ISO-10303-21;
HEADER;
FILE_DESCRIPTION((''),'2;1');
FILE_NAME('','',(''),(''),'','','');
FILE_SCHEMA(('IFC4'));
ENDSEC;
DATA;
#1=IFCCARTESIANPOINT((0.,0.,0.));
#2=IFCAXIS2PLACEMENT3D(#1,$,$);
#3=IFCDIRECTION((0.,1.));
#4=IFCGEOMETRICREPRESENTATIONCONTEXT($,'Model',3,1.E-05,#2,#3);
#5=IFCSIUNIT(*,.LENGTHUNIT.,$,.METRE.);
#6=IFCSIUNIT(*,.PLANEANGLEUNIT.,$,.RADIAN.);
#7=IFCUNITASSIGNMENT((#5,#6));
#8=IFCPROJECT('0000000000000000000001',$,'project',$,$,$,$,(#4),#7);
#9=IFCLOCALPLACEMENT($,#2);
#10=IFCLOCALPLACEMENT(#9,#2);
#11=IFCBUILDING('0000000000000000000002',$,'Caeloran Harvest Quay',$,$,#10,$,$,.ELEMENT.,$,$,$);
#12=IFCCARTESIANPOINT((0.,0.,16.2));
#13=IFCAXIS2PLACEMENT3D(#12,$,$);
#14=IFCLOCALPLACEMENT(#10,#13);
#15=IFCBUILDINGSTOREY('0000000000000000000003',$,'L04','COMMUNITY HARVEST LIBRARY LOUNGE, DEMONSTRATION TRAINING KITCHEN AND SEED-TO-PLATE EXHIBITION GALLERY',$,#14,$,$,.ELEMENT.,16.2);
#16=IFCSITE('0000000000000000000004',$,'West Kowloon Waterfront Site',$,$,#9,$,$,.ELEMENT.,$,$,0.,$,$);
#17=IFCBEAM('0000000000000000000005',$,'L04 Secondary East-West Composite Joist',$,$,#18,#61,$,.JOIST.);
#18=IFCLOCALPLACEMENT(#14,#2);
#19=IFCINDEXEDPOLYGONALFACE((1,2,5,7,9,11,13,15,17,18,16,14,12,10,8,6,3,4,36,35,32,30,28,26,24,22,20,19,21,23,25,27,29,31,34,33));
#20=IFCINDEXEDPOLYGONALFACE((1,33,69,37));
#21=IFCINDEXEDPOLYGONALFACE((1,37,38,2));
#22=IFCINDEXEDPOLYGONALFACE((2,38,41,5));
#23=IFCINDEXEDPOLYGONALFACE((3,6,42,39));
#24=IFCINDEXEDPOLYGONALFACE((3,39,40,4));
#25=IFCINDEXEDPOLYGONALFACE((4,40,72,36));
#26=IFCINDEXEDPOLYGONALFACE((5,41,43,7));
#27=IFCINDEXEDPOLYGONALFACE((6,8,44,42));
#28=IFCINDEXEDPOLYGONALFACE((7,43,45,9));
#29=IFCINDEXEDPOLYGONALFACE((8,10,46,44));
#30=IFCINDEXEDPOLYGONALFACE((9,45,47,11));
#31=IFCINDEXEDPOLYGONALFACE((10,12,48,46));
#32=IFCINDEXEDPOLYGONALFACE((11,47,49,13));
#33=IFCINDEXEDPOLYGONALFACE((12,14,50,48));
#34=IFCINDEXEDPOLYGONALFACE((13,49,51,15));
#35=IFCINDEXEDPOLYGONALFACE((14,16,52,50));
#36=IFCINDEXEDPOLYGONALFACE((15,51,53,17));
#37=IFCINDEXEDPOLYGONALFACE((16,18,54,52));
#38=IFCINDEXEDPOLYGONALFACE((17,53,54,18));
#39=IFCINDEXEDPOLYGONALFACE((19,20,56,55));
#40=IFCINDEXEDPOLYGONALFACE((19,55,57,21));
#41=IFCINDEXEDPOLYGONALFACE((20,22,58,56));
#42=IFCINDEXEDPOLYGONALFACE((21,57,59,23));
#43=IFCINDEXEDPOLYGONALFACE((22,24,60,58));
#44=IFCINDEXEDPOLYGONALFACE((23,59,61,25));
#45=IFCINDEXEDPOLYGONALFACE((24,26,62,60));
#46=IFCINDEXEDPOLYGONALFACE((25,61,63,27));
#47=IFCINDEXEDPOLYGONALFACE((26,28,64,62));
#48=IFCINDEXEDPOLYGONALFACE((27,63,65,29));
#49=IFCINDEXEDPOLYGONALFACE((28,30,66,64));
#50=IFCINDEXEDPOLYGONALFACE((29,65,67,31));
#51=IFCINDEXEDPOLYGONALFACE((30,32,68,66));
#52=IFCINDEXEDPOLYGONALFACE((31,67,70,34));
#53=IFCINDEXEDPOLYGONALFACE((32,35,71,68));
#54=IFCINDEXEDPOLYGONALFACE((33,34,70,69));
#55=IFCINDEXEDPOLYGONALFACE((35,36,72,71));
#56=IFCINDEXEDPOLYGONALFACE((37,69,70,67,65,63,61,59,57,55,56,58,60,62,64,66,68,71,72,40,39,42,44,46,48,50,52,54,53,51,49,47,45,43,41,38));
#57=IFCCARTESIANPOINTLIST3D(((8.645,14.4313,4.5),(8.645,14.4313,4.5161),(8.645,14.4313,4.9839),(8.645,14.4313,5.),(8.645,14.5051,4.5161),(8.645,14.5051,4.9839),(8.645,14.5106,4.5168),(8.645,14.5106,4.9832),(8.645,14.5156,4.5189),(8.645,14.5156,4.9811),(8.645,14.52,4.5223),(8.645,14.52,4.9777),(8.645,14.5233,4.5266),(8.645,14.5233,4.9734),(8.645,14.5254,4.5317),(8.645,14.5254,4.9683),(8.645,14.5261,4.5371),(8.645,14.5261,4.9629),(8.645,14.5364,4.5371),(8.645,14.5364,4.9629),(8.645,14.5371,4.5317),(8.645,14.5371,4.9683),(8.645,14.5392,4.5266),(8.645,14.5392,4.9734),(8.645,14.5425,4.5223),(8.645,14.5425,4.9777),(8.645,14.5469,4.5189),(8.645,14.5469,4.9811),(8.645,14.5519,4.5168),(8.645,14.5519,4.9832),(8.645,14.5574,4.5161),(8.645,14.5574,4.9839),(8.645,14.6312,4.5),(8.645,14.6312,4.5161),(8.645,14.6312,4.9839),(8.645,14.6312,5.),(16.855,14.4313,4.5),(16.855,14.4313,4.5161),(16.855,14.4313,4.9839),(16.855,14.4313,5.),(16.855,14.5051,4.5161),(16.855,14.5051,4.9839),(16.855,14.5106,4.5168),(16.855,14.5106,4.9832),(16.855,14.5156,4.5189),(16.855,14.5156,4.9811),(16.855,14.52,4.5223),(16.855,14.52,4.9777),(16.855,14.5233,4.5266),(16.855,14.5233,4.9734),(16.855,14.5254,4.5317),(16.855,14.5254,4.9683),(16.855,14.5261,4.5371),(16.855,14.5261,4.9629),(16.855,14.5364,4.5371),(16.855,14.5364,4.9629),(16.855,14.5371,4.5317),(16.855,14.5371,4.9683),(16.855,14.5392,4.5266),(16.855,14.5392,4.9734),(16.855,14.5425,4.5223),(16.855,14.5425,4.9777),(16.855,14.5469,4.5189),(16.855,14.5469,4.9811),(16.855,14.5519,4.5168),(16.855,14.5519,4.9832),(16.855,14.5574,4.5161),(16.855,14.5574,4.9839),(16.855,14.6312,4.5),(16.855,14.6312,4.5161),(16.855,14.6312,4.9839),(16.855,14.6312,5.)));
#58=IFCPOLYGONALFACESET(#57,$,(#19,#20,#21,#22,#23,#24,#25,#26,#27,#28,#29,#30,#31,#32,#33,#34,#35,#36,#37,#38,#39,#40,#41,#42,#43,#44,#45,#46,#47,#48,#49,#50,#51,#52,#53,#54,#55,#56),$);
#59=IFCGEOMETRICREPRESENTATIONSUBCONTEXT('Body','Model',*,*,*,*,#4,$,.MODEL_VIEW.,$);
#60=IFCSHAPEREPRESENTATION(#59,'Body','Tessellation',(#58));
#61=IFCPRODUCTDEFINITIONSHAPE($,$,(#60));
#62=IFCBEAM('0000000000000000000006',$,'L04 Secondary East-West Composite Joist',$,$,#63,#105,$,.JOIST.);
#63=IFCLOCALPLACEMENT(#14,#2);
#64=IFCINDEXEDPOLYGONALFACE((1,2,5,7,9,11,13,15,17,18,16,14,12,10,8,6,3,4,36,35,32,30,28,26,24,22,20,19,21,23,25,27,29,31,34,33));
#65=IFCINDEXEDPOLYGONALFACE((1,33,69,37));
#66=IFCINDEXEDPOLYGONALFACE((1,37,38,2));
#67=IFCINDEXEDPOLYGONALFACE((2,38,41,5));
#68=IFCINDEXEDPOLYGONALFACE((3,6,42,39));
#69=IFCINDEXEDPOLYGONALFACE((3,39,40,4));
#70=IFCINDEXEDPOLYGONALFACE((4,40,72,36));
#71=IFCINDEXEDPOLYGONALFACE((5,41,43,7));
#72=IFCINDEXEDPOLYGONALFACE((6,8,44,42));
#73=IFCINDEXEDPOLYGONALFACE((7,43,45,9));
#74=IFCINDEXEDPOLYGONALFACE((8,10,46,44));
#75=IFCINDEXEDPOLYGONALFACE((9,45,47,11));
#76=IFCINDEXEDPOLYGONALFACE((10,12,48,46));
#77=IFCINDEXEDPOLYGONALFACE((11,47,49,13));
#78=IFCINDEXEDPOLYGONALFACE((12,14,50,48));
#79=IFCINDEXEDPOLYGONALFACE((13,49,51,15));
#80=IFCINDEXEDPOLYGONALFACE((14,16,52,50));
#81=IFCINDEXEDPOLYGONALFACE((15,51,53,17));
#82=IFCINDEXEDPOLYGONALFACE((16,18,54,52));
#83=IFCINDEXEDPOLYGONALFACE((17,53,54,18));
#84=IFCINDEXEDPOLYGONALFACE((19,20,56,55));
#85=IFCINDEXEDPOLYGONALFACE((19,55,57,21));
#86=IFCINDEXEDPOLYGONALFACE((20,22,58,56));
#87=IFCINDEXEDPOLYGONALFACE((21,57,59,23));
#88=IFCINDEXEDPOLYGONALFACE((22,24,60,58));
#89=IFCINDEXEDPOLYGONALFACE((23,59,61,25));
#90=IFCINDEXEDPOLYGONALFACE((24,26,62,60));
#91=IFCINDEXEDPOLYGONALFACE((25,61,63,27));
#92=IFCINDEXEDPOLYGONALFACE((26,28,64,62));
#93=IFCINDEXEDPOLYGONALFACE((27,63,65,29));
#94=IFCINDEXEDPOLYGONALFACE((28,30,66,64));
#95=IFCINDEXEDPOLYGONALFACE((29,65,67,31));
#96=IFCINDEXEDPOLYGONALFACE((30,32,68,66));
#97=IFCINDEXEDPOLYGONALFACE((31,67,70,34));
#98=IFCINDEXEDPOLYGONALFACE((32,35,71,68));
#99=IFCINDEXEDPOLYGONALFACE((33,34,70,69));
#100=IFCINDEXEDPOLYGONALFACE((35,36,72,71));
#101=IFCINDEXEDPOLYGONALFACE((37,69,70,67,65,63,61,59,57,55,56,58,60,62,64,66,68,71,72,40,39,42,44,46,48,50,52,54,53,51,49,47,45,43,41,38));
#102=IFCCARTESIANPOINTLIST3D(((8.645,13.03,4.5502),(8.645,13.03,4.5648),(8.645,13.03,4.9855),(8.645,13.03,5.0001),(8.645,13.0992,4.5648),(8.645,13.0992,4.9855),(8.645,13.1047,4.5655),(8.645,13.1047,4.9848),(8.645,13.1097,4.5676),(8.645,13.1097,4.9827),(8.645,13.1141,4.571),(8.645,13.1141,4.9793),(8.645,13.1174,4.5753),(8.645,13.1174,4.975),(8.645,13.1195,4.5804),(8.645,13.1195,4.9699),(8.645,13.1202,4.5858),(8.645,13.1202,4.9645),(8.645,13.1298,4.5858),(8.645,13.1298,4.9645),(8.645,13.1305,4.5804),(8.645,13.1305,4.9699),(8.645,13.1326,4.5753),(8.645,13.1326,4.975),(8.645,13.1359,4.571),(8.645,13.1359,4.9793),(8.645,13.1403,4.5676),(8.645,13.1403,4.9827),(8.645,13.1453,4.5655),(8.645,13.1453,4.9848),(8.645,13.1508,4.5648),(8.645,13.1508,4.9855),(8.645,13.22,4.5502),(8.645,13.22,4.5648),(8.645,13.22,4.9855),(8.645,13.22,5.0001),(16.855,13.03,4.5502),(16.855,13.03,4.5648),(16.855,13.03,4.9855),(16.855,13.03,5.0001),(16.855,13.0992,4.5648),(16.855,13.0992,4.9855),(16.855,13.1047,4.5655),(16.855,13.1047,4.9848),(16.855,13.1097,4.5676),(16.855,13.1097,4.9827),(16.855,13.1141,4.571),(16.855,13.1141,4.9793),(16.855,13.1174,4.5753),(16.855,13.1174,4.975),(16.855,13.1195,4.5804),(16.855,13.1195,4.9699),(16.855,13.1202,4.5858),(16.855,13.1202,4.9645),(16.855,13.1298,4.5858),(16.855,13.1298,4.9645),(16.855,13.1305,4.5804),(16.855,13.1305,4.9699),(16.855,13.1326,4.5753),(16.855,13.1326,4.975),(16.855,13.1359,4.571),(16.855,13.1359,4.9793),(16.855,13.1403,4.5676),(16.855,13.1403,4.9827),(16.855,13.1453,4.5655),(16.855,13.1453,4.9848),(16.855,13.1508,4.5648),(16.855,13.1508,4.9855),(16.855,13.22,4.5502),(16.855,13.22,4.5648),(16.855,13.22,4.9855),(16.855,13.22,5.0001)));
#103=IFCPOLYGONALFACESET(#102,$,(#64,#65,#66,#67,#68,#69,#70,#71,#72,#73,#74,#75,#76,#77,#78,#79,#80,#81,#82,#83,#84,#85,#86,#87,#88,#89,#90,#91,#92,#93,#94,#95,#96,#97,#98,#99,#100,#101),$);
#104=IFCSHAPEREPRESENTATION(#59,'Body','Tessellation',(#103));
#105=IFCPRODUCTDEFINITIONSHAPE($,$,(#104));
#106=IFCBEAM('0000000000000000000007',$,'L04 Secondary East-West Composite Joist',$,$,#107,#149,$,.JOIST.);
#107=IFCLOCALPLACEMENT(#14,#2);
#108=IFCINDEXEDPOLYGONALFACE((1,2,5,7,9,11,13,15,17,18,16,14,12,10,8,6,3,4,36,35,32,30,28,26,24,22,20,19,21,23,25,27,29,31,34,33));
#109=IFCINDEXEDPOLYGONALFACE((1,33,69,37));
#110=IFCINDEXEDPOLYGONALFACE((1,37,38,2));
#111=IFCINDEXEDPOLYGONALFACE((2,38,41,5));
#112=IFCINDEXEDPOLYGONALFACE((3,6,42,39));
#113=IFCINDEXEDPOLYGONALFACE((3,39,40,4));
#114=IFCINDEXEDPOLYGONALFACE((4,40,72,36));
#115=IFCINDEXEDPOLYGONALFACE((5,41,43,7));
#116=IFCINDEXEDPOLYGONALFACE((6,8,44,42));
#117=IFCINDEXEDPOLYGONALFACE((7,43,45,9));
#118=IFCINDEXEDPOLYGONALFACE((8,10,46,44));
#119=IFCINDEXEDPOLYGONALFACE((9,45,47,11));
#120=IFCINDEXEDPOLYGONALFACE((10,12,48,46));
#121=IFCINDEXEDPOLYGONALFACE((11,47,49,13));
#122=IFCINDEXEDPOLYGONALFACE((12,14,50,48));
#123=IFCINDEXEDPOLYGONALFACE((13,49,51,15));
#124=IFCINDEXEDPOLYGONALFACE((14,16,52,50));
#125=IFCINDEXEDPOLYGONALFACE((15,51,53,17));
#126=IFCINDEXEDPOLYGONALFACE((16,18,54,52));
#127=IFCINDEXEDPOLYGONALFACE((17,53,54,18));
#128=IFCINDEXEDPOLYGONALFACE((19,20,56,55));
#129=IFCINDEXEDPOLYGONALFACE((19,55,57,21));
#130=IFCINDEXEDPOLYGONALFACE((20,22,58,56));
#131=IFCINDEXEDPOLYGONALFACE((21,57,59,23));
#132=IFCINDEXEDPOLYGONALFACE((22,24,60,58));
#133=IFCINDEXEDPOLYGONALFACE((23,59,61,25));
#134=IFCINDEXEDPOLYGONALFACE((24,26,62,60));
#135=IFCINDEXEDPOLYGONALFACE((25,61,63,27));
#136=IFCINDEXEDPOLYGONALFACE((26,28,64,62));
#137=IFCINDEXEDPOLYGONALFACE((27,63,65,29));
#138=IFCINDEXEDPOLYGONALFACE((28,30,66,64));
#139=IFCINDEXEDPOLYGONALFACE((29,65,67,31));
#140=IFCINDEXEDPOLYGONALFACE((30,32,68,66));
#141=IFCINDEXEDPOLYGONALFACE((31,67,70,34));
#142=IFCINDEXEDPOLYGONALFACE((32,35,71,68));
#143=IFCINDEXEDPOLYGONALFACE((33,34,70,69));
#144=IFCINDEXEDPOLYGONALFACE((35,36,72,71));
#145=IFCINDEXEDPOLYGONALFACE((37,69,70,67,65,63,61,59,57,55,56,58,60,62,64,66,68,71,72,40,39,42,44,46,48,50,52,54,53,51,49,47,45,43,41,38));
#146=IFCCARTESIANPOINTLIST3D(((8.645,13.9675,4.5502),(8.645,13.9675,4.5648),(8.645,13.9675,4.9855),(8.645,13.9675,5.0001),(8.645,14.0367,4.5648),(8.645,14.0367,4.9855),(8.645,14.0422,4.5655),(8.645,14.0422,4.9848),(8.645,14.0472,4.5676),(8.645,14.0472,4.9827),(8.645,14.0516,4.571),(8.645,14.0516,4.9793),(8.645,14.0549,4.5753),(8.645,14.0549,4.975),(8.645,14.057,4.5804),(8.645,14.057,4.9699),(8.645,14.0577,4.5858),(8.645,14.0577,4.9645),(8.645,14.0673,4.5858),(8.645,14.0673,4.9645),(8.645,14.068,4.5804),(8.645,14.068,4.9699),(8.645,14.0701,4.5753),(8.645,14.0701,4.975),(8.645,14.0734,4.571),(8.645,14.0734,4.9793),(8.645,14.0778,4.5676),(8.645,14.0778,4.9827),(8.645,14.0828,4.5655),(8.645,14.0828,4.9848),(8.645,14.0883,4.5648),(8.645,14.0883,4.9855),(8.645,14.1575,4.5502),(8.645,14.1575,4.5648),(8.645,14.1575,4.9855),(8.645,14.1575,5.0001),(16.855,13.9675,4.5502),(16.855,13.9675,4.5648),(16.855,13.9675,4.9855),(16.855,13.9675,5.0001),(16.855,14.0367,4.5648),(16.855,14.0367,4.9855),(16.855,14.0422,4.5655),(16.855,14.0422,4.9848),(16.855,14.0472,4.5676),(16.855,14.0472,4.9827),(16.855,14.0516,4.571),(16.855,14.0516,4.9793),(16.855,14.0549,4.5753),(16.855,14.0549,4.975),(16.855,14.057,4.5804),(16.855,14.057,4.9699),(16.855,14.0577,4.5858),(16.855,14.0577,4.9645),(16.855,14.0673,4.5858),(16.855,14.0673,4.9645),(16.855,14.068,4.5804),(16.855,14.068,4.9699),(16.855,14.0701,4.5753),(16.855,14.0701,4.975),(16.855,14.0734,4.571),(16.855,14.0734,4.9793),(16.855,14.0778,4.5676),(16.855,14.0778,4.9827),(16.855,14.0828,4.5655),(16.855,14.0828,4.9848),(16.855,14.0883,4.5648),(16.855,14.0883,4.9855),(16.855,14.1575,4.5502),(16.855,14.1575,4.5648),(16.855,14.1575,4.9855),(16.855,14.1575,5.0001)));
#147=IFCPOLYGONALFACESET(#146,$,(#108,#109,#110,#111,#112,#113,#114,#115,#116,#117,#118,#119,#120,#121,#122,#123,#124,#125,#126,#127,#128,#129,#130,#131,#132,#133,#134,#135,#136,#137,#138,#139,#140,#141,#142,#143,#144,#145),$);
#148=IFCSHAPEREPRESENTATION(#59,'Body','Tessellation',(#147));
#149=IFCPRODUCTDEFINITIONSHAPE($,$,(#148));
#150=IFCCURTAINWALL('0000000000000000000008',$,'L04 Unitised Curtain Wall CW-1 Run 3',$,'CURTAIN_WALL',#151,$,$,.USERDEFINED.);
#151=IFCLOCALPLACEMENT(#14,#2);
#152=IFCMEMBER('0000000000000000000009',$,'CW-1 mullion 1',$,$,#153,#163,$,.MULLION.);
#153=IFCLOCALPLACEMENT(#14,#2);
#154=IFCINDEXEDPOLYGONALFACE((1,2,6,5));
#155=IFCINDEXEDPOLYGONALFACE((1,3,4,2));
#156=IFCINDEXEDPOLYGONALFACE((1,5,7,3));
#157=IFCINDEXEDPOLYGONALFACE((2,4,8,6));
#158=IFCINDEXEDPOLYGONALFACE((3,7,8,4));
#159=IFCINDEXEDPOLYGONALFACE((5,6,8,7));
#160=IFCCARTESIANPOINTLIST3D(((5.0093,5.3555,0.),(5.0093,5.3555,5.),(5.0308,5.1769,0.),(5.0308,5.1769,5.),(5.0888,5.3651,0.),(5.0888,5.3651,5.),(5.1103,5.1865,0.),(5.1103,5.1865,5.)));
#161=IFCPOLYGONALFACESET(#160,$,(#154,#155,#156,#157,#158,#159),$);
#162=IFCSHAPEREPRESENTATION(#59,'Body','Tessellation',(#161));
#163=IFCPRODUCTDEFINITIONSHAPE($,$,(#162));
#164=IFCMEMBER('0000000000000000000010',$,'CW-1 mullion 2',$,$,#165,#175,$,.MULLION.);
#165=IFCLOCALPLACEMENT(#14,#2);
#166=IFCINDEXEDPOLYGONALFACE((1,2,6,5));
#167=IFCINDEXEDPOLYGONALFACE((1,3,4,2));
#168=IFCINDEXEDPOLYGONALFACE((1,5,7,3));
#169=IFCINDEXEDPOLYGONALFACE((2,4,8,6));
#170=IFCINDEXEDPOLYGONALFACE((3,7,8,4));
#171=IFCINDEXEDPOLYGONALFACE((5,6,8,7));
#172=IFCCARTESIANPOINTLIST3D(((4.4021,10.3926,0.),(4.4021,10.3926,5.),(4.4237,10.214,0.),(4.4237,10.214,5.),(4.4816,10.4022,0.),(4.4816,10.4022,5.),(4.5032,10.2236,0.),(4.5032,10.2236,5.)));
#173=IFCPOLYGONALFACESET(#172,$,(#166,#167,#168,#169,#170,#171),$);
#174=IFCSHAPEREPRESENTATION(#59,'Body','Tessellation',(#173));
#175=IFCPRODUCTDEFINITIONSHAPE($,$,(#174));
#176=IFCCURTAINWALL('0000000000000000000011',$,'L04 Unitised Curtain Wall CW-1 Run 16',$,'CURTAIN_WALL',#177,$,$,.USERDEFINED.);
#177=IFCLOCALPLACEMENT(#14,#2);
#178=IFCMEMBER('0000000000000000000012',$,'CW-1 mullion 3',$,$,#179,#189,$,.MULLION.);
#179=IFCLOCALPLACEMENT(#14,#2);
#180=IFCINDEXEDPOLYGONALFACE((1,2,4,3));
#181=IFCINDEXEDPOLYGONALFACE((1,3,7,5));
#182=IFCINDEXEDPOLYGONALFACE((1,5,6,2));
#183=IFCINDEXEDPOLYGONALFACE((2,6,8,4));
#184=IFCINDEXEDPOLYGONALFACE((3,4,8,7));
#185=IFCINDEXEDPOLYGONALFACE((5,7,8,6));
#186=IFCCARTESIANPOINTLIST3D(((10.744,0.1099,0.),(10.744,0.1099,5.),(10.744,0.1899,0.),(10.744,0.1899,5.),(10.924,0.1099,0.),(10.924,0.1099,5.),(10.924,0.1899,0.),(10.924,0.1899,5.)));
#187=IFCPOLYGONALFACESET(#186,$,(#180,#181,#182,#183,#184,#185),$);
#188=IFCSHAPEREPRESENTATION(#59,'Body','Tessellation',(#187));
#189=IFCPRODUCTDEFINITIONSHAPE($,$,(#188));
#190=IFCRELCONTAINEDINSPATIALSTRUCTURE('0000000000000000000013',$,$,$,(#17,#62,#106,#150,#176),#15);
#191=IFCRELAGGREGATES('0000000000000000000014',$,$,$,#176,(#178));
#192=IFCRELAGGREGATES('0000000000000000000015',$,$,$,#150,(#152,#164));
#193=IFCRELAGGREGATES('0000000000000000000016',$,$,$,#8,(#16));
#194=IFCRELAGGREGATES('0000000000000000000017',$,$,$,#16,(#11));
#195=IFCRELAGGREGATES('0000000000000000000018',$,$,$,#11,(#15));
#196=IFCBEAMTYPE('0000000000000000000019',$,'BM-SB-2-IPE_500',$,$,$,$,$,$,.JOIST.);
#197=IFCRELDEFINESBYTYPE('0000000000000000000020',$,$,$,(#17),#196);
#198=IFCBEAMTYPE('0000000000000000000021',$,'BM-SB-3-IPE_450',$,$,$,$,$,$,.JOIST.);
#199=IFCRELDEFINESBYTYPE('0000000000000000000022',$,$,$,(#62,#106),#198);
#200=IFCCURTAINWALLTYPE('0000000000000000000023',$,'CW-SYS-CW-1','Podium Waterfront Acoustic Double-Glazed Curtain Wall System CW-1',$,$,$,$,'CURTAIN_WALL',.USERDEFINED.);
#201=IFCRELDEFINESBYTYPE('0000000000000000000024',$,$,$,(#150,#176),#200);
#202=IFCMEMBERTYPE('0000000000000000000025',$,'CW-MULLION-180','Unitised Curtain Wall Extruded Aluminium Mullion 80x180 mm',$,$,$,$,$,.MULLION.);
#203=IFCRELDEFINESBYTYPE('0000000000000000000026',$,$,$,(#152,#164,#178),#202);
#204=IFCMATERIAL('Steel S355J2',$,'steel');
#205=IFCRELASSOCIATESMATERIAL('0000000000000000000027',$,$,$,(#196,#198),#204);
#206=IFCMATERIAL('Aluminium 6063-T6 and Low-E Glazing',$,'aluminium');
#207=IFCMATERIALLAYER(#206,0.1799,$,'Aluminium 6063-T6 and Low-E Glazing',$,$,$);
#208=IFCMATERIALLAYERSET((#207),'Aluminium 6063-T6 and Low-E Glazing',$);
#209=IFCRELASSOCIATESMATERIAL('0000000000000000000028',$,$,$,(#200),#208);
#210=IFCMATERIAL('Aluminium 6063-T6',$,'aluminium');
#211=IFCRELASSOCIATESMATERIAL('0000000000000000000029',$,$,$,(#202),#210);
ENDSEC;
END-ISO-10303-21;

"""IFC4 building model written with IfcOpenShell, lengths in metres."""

from ifc_helpers import new_model, si_unit, direction, frame, origin, origin_2d, place, context, subcontext, project, spatial, rectangle, i_section, extrude, material, layer, layer_set, material_profile, profile_set, type_object, element, aggregate, save


model = new_model("IFC4")

# Units and contexts
model_context = context("Model", 3, precision=1e-05, world=origin(), true_north=direction((0.0, 1.0)))
body_context = subcontext(model_context, "Body", "Model", "MODEL_VIEW")
ifc_project = project(units=[si_unit("LENGTHUNIT", "METRE"), si_unit("PLANEANGLEUNIT", "RADIAN")], contexts=[model_context])

# Site, building, storey
site_placement = place(None, origin())
site = spatial("IfcSite", under=ifc_project, at=site_placement, Name="West Kowloon Waterfront Site", CompositionType="ELEMENT", RefElevation=0.0)
building_placement = place(site_placement, origin())
building = spatial("IfcBuilding", under=site, at=building_placement, Name="Caeloran Harvest Quay", CompositionType="ELEMENT")
storey_placement = place(building_placement, frame((0.0, 0.0, 16.2)))
storey = spatial("IfcBuildingStorey", under=building, at=storey_placement, Name="L04", Description="COMMUNITY HARVEST LIBRARY LOUNGE, DEMONSTRATION TRAINING KITCHEN AND SEED-TO-PLATE EXHIBITION GALLERY", CompositionType="ELEMENT", Elevation=16.2)

# Beams
ifc_material_1 = material(Name="Steel S355J2", Category="steel")
ifc_material_profile_1 = material_profile(ifc_material_1, i_section(OverallWidth=0.2, OverallDepth=0.5, WebThickness=0.0103, FlangeThickness=0.0161, FilletRadius=0.021, at=origin_2d()), Name="IPE 500")
ifc_profile_set_1 = profile_set([ifc_material_profile_1], Name="Steel S355J2")
beam_type_1 = type_object("IfcBeamType", Name="BM-SB-2-IPE_500", PredefinedType="JOIST", material=ifc_profile_set_1)
for number, where, z_axis, x_axis, name in (
    (1, (8.645, 14.5312, 4.75), (1.0, 0.0, 0.0), (0.0, 1.0, 0.0), "L04 Secondary East-West Composite Joist"),
):
    element("IfcBeam", number, at=place(storey_placement, frame(where, z_axis=z_axis, x_axis=x_axis)), inside=storey, type_object=beam_type_1, Name=name, PredefinedType="JOIST", context=body_context, shape_type="SweptSolid", body=[
        extrude(i_section(OverallWidth=0.2, OverallDepth=0.5, WebThickness=0.0103, FlangeThickness=0.0161, FilletRadius=0.021, at=origin_2d()), origin(), (0.0, 0.0, 1.0), 8.21),
    ])
ifc_material_profile_2 = material_profile(ifc_material_1, i_section(OverallWidth=0.1899, OverallDepth=0.45, WebThickness=0.0095, FlangeThickness=0.0146, FilletRadius=0.021, at=origin_2d()), Name="IPE 450")
ifc_profile_set_2 = profile_set([ifc_material_profile_2], Name="Steel S355J2")
beam_type_2 = type_object("IfcBeamType", Name="BM-SB-3-IPE_450", PredefinedType="JOIST", material=ifc_profile_set_2)
for number, where, z_axis, x_axis, name in (
    (2, (8.645, 13.125, 4.7751), (1.0, 0.0, 0.0), (0.0, 1.0, 0.0), "L04 Secondary East-West Composite Joist"),
    (3, (8.645, 14.0625, 4.7751), (1.0, 0.0, 0.0), (0.0, 1.0, 0.0), "L04 Secondary East-West Composite Joist"),
):
    element("IfcBeam", number, at=place(storey_placement, frame(where, z_axis=z_axis, x_axis=x_axis)), inside=storey, type_object=beam_type_2, Name=name, PredefinedType="JOIST", context=body_context, shape_type="SweptSolid", body=[
        extrude(i_section(OverallWidth=0.1899, OverallDepth=0.45, WebThickness=0.0095, FlangeThickness=0.0146, FilletRadius=0.021, at=origin_2d()), origin(), (0.0, 0.0, 1.0), 8.21),
    ])

# Curtain wall, members
ifc_material_2 = material(Name="Aluminium 6063-T6 and Low-E Glazing", Category="aluminium")
ifc_layer_1 = layer(ifc_material_2, 0.1799, Name="Aluminium 6063-T6 and Low-E Glazing")
ifc_layer_set_1 = layer_set([ifc_layer_1], Name="Aluminium 6063-T6 and Low-E Glazing")
curtain_wall_type = type_object("IfcCurtainWallType", Name="CW-SYS-CW-1", Description="Podium Waterfront Acoustic Double-Glazed Curtain Wall System CW-1", ElementType="CURTAIN_WALL", PredefinedType="USERDEFINED", material=ifc_layer_set_1)
curtain_wall_1_placement = place(storey_placement, origin())
curtain_wall_1 = element("IfcCurtainWall", 4, at=curtain_wall_1_placement, inside=storey, type_object=curtain_wall_type, Name="L04 Unitised Curtain Wall CW-1 Run 3", ObjectType="CURTAIN_WALL", PredefinedType="USERDEFINED")
ifc_material_3 = material(Name="Aluminium 6063-T6", Category="aluminium")
ifc_material_profile_3 = material_profile(ifc_material_3, rectangle(XDim=0.0801, YDim=0.1799, at=origin_2d()), Name="CW-MULLION-180")
ifc_profile_set_3 = profile_set([ifc_material_profile_3], Name="Aluminium 6063-T6")
member_type_1 = type_object("IfcMemberType", Name="CW-MULLION-180", Description="Unitised Curtain Wall Extruded Aluminium Mullion 80x180 mm", PredefinedType="MULLION", material=ifc_profile_set_3)
member_1_placement = place(storey_placement, frame((5.0598, 5.271, 0.0), z_axis=(0.0, 0.0, 1.0), x_axis=(-0.992816, -0.119655, 0.0)))
member_1 = element("IfcMember", 5, at=member_1_placement, type_object=member_type_1, Name="CW-1 mullion 1", PredefinedType="MULLION", context=body_context, shape_type="SweptSolid", body=[
    extrude(rectangle(XDim=0.0801, YDim=0.1799, at=origin_2d()), origin(), (0.0, 0.0, 1.0), 5.0),
])
member_2_placement = place(storey_placement, frame((4.4526, 10.3081, 0.0), z_axis=(0.0, 0.0, 1.0), x_axis=(-0.992816, -0.119655, 0.0)))
member_2 = element("IfcMember", 6, at=member_2_placement, type_object=member_type_1, Name="CW-1 mullion 2", PredefinedType="MULLION", context=body_context, shape_type="SweptSolid", body=[
    extrude(rectangle(XDim=0.0801, YDim=0.1799, at=origin_2d()), origin(), (0.0, 0.0, 1.0), 5.0),
])

# Curtain wall, member
curtain_wall_2_placement = place(storey_placement, origin())
curtain_wall_2 = element("IfcCurtainWall", 7, at=curtain_wall_2_placement, inside=storey, type_object=curtain_wall_type, Name="L04 Unitised Curtain Wall CW-1 Run 16", ObjectType="CURTAIN_WALL", PredefinedType="USERDEFINED")
member_3_placement = place(storey_placement, frame((10.834, 0.1499, 0.0), z_axis=(0.0, 0.0, 1.0), x_axis=(0.0, -1.0, 0.0)))
member_3 = element("IfcMember", 8, at=member_3_placement, type_object=member_type_1, Name="CW-1 mullion 3", PredefinedType="MULLION", context=body_context, shape_type="SweptSolid", body=[
    extrude(rectangle(XDim=0.0801, YDim=0.1799, at=origin_2d()), origin(), (0.0, 0.0, 1.0), 5.0),
])
aggregate(curtain_wall_2, [member_3])

aggregate(curtain_wall_1, [member_1, member_2])

save(model, "model.ifc")
